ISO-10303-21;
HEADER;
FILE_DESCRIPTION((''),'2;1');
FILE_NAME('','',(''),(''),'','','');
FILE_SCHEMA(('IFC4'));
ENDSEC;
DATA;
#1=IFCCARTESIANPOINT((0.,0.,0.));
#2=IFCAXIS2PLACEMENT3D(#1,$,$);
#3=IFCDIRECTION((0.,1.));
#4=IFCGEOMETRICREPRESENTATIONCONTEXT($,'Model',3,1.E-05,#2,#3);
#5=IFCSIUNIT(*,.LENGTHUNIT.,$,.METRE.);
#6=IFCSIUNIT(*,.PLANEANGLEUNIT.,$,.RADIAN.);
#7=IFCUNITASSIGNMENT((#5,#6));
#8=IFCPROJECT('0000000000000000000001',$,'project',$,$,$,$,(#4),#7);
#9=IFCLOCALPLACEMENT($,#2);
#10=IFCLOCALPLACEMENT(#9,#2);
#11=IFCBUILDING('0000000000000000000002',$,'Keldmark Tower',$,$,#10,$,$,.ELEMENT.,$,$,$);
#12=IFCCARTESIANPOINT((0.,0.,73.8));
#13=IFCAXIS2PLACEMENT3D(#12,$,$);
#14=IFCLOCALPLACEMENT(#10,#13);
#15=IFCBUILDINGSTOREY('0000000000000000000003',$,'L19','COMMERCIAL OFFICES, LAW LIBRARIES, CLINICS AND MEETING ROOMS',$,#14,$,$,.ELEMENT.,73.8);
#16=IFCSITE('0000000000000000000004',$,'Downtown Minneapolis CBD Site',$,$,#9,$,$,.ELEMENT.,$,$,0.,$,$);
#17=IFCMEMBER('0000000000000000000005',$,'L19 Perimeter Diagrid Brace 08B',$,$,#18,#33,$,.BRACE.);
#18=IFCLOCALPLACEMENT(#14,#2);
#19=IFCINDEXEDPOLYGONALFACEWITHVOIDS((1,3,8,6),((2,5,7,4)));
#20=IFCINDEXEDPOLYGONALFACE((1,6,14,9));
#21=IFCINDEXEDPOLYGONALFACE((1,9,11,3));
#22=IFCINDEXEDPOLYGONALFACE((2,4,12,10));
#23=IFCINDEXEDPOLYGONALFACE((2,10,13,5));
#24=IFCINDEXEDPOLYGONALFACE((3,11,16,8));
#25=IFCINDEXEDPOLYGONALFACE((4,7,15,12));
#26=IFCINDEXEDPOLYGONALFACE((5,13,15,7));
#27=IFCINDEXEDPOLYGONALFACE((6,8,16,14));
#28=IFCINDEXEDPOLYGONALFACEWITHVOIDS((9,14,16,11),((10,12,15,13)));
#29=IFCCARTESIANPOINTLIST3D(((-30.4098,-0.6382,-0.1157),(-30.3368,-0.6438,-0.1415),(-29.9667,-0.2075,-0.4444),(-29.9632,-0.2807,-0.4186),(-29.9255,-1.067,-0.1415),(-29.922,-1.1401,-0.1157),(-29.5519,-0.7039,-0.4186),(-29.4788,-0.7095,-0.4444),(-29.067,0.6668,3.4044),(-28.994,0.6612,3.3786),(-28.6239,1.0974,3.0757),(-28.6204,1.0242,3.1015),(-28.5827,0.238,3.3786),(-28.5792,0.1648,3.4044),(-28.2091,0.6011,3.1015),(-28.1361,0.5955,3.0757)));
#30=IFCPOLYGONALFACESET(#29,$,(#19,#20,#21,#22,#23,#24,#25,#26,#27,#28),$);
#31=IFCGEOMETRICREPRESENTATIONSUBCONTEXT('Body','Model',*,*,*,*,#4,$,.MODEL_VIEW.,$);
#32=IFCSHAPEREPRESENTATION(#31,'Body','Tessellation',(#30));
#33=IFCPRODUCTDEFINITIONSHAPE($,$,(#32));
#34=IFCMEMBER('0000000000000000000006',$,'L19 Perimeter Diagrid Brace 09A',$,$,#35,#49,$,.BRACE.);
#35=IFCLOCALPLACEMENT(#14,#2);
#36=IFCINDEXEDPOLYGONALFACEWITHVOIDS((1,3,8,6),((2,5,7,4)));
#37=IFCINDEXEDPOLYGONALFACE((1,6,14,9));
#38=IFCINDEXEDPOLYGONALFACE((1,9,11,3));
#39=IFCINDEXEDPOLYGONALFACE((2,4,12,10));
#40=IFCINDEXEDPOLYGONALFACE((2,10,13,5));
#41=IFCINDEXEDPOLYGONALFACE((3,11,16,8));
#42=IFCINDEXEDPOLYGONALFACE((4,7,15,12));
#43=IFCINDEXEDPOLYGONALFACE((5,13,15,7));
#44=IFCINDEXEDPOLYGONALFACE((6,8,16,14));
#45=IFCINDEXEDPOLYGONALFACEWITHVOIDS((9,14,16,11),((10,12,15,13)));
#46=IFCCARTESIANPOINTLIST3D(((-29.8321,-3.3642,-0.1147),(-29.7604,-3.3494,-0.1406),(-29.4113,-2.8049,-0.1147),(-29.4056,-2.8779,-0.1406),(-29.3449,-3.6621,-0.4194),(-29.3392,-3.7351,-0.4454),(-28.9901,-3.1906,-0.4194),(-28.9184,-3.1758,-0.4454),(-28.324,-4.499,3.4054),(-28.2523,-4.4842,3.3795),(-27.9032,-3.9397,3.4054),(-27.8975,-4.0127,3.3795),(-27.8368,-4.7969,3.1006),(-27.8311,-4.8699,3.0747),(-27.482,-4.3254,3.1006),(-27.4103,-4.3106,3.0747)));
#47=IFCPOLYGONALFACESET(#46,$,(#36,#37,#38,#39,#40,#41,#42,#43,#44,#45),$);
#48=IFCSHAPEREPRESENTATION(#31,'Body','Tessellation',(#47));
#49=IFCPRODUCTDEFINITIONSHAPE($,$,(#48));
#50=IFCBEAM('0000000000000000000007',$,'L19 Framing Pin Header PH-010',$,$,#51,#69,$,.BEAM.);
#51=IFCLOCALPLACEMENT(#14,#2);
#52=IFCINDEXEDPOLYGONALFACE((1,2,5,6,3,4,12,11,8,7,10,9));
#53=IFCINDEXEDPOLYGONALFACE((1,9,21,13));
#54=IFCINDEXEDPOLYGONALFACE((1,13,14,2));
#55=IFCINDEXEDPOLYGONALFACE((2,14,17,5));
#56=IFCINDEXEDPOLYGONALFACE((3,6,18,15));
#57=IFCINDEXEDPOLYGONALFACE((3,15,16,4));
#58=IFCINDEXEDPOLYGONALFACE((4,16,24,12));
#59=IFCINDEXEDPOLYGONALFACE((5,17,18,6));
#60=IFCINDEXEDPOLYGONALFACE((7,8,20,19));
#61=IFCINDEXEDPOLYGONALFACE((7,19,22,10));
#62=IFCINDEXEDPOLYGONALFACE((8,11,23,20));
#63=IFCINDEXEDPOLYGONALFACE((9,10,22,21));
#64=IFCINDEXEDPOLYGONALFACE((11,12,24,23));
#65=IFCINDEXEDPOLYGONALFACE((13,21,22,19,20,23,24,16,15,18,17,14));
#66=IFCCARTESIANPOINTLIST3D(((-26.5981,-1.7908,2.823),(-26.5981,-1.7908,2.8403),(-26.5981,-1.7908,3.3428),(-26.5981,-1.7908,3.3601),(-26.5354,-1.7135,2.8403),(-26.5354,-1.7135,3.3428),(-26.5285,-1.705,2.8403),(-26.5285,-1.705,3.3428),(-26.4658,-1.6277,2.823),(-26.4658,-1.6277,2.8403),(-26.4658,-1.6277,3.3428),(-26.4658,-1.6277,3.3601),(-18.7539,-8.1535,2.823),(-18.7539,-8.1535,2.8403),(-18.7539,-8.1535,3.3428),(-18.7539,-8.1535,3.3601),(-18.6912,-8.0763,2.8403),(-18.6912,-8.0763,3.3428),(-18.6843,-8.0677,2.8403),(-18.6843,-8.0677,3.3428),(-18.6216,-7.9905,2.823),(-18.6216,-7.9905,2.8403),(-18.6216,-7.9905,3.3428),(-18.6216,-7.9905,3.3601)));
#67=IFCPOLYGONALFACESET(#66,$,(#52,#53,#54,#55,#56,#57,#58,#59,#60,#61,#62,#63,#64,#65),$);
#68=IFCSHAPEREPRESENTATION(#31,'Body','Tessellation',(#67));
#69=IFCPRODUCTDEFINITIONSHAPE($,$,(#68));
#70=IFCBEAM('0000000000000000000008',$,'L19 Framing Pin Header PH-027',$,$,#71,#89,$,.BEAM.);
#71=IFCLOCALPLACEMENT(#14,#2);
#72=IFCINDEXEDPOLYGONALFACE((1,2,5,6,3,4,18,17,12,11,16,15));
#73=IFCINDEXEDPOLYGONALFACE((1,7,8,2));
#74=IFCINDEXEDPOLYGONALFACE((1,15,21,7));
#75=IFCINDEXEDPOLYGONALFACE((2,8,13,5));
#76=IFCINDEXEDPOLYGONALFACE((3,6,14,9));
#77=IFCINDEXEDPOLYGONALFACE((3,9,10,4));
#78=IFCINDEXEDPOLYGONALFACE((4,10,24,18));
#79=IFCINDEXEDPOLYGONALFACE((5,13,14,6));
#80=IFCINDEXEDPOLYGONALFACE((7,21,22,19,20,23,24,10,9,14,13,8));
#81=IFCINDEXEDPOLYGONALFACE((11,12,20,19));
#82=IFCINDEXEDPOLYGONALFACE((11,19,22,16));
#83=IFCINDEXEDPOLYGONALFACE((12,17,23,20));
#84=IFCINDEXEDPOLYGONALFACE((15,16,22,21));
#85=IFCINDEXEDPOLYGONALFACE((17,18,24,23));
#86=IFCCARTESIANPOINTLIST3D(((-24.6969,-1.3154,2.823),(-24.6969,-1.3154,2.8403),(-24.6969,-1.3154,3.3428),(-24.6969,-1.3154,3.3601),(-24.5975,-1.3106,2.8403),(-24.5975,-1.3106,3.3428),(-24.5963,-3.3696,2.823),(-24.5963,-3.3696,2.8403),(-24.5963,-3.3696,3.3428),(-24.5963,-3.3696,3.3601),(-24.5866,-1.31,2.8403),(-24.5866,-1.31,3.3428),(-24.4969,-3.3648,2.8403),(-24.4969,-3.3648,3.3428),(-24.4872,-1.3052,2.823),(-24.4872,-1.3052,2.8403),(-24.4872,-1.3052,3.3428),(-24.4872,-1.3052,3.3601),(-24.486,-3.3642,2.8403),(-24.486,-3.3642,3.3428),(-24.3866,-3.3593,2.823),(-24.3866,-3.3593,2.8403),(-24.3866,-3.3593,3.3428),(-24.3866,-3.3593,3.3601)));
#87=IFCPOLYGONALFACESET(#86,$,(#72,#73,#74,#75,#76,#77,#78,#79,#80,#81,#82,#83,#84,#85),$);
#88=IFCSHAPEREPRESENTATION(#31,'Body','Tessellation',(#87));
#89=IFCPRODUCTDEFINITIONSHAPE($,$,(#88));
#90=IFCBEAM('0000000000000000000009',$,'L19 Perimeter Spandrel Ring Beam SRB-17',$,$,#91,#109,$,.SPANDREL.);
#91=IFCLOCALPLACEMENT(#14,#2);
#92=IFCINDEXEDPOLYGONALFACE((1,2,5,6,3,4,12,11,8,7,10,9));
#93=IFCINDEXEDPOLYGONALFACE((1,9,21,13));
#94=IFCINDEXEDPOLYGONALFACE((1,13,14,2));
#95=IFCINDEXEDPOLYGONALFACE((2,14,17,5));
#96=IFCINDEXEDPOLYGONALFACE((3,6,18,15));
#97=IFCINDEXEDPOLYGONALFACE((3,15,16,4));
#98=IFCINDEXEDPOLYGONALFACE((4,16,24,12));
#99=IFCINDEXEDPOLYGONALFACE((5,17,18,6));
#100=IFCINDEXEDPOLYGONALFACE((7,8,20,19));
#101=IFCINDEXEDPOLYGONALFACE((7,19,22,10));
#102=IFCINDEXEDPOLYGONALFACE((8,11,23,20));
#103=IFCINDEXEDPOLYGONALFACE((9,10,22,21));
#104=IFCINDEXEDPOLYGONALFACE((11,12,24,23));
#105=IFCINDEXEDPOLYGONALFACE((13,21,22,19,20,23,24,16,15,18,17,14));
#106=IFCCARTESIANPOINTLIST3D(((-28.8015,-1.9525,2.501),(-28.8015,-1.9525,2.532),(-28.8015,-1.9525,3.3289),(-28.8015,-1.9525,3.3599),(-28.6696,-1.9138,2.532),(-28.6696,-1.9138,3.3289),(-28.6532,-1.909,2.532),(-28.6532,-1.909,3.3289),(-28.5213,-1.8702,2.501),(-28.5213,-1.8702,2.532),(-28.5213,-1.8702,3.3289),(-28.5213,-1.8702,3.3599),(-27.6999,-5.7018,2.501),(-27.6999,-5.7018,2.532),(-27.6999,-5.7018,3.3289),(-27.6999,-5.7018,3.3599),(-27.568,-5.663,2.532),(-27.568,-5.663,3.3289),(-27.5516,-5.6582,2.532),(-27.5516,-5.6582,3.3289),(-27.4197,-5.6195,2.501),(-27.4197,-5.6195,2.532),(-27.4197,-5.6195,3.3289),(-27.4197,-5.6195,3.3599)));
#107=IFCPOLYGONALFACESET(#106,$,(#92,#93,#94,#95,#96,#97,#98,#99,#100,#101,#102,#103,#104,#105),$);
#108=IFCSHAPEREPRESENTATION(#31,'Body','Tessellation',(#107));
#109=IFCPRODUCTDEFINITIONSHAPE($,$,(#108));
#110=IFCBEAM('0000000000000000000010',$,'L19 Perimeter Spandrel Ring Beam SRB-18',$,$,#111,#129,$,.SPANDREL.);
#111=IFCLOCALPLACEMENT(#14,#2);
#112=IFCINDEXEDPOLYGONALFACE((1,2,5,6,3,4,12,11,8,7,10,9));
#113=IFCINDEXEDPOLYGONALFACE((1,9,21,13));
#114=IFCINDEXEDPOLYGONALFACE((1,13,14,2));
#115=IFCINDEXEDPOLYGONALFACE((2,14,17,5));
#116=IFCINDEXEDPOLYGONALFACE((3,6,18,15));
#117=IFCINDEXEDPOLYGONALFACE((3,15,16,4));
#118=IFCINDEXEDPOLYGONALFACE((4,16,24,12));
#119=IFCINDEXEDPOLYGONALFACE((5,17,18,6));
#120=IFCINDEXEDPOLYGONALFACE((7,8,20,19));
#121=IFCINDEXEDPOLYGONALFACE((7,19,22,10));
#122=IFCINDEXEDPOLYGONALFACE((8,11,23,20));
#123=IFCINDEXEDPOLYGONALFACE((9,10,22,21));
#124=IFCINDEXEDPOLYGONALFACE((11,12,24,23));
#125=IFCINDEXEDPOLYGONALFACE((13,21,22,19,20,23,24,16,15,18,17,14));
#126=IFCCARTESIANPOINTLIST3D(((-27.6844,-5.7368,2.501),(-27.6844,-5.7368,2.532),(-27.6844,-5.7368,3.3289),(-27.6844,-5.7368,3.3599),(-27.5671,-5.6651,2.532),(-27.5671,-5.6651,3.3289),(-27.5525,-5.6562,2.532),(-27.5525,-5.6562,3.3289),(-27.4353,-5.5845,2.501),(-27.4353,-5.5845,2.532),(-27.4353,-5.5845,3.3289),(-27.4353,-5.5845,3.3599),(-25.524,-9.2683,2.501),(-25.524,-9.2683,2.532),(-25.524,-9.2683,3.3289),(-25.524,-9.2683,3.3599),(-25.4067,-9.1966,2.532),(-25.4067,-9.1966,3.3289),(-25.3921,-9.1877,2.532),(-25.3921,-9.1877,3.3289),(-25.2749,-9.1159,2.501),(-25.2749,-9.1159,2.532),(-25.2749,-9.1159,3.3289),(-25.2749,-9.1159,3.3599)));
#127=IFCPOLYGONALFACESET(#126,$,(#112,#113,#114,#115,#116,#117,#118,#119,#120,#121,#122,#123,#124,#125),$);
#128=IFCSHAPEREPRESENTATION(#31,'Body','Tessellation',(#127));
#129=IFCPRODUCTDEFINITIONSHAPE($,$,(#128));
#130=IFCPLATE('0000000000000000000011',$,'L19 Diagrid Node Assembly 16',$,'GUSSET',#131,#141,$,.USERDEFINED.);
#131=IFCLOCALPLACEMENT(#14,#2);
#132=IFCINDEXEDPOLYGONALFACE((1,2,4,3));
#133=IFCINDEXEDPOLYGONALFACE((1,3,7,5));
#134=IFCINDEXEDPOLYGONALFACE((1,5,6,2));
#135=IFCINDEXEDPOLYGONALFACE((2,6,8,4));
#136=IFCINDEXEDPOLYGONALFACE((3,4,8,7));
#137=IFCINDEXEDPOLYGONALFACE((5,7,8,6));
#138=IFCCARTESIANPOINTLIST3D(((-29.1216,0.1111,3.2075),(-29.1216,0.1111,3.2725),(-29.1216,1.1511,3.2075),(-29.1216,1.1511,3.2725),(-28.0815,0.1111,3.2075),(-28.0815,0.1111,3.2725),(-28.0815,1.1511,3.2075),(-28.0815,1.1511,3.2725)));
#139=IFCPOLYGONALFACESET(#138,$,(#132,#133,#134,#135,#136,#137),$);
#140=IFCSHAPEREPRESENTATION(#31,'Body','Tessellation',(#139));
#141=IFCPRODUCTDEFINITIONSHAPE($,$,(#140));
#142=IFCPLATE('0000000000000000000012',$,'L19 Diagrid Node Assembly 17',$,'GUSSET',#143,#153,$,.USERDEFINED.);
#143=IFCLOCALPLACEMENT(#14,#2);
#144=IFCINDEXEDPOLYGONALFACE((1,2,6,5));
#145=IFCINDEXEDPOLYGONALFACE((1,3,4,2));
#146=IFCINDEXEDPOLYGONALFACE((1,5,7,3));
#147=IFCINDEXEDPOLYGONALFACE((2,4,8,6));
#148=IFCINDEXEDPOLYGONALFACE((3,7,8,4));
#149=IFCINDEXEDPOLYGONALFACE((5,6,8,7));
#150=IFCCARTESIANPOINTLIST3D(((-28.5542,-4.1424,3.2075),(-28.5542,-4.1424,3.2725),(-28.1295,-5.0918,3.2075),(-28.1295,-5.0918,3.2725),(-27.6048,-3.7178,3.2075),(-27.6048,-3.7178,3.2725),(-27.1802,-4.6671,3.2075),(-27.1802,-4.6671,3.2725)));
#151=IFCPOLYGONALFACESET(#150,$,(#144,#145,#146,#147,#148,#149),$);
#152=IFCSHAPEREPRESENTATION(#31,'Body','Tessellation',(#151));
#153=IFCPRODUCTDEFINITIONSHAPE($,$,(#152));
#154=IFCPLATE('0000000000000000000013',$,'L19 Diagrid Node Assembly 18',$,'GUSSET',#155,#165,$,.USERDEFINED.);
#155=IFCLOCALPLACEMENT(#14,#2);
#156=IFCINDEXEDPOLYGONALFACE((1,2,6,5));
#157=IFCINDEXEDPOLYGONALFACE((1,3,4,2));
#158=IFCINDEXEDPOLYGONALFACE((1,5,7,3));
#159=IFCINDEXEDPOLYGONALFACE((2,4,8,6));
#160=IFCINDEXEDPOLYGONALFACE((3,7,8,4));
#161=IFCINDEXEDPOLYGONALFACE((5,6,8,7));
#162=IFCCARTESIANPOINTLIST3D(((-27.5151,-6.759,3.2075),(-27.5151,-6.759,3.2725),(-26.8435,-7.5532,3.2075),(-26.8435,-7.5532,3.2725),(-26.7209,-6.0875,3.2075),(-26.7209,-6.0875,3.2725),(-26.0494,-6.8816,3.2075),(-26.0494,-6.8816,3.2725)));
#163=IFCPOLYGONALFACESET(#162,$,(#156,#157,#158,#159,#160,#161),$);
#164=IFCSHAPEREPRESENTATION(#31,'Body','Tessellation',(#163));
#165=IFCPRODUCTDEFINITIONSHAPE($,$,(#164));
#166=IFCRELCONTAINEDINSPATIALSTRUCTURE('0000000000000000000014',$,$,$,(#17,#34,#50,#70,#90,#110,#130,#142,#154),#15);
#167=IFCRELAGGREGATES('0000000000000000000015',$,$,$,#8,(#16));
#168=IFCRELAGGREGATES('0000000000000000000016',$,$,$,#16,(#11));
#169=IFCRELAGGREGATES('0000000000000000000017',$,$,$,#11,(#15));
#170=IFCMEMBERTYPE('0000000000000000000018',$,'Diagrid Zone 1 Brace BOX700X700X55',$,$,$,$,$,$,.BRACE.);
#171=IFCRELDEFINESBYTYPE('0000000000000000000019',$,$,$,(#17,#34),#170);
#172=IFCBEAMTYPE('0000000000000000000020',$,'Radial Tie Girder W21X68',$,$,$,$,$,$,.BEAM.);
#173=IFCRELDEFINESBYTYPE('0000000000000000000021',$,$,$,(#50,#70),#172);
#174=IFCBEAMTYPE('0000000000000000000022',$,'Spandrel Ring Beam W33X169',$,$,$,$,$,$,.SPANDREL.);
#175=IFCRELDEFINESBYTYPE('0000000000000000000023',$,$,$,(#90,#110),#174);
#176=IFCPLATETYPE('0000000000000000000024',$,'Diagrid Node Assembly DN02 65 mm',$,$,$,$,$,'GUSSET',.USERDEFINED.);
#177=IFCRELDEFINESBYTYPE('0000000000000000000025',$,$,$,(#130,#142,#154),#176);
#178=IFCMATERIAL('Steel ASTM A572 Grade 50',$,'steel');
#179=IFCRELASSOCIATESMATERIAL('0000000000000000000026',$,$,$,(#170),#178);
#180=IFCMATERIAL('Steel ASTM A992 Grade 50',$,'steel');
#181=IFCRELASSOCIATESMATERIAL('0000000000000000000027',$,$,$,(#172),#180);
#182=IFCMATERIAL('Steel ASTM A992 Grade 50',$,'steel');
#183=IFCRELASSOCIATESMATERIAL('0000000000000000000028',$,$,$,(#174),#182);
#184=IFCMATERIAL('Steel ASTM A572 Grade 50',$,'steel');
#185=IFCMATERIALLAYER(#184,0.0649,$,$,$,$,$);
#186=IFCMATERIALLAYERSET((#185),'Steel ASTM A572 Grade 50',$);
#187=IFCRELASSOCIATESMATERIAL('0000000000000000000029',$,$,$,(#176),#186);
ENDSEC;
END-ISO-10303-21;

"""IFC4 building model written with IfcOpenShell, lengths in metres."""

from ifc_helpers import new_model, si_unit, direction, frame, origin, origin_2d, place, context, subcontext, project, spatial, rectangle, hollow_rectangle, i_section, extrude, material, layer, layer_set, material_profile, profile_set, type_object, element, save


model = new_model("IFC4")

# Units and contexts
model_context = context("Model", 3, precision=1e-05, world=origin(), true_north=direction((0.0, 1.0)))
body_context = subcontext(model_context, "Body", "Model", "MODEL_VIEW")
ifc_project = project(units=[si_unit("LENGTHUNIT", "METRE"), si_unit("PLANEANGLEUNIT", "RADIAN")], contexts=[model_context])

# Site, building, storey
site_placement = place(None, origin())
site = spatial("IfcSite", under=ifc_project, at=site_placement, Name="Downtown Minneapolis CBD Site", CompositionType="ELEMENT", RefElevation=0.0)
building_placement = place(site_placement, origin())
building = spatial("IfcBuilding", under=site, at=building_placement, Name="Keldmark Tower", CompositionType="ELEMENT")
storey_placement = place(building_placement, frame((0.0, 0.0, 73.8)))
storey = spatial("IfcBuildingStorey", under=building, at=storey_placement, Name="L19", Description="COMMERCIAL OFFICES, LAW LIBRARIES, CLINICS AND MEETING ROOMS", CompositionType="ELEMENT", Elevation=73.8)

# Members
ifc_material_1 = material(Name="Steel ASTM A572 Grade 50", Category="steel")
ifc_material_profile_1 = material_profile(ifc_material_1, hollow_rectangle(XDim=0.7, YDim=0.7, WallThickness=0.0549, at=origin_2d()), Name="BOX700X700X55")
ifc_profile_set_1 = profile_set([ifc_material_profile_1], Name="Steel ASTM A572 Grade 50")
member_type = type_object("IfcMemberType", Name="Diagrid Zone 1 Brace BOX700X700X55", PredefinedType="BRACE", material=ifc_profile_set_1)
member_1_placement = place(storey_placement, frame((-29.9443, -0.6738, -0.28), z_axis=(0.336785, 0.327294, 0.882867), x_axis=(-0.696929, 0.71714, 0.0)))
element("IfcMember", 1, at=member_1_placement, inside=storey, type_object=member_type, Name="L19 Perimeter Diagrid Brace 08B", PredefinedType="BRACE", context=body_context, shape_type="SweptSolid", body=[
    extrude(hollow_rectangle(XDim=0.7, YDim=0.7, WallThickness=0.0549, at=origin_2d()), origin(), (0.0, 0.0, 1.0), 3.9871),
])
member_2_placement = place(storey_placement, frame((-29.3752, -3.27, -0.28), z_axis=(0.377575, -0.284114, 0.881315), x_axis=(0.601262, 0.799052, 0.0)))
element("IfcMember", 2, at=member_2_placement, inside=storey, type_object=member_type, Name="L19 Perimeter Diagrid Brace 09A", PredefinedType="BRACE", context=body_context, shape_type="SweptSolid", body=[
    extrude(hollow_rectangle(XDim=0.7, YDim=0.7, WallThickness=0.0549, at=origin_2d()), origin(), (0.0, 0.0, 1.0), 3.9941),
])

# Beams
ifc_material_2 = material(Name="Steel ASTM A992 Grade 50", Category="steel")
ifc_material_profile_2 = material_profile(ifc_material_2, i_section(OverallWidth=0.21, OverallDepth=0.5371, WebThickness=0.011, FlangeThickness=0.0173, at=origin_2d()), Name="W21X68")
ifc_profile_set_2 = profile_set([ifc_material_profile_2], Name="Steel ASTM A992 Grade 50")
beam_type_1 = type_object("IfcBeamType", Name="Radial Tie Girder W21X68", PredefinedType="BEAM", material=ifc_profile_set_2)
beam_1_placement = place(storey_placement, frame((-26.532, -1.7092, 3.0916), z_axis=(0.77663, -0.629957, 0.0), x_axis=(0.629957, 0.77663, 0.0)))
element("IfcBeam", 3, at=beam_1_placement, inside=storey, type_object=beam_type_1, Name="L19 Framing Pin Header PH-010", PredefinedType="BEAM", context=body_context, shape_type="SweptSolid", body=[
    extrude(i_section(OverallWidth=0.21, OverallDepth=0.5371, WebThickness=0.011, FlangeThickness=0.0173, at=origin_2d()), origin(), (0.0, 0.0, 1.0), 10.1003),
])
beam_2_placement = place(storey_placement, frame((-24.592, -1.3103, 3.0916), z_axis=(0.048907, -0.998803, 0.0), x_axis=(0.998803, 0.048907, 0.0)))
element("IfcBeam", 4, at=beam_2_placement, inside=storey, type_object=beam_type_1, Name="L19 Framing Pin Header PH-027", PredefinedType="BEAM", context=body_context, shape_type="SweptSolid", body=[
    extrude(i_section(OverallWidth=0.21, OverallDepth=0.5371, WebThickness=0.011, FlangeThickness=0.0173, at=origin_2d()), origin(), (0.0, 0.0, 1.0), 2.0566),
])
ifc_material_3 = material(Name="Steel ASTM A992 Grade 50", Category="steel")
ifc_material_profile_3 = material_profile(ifc_material_3, i_section(OverallWidth=0.292, OverallDepth=0.8589, WebThickness=0.0171, FlangeThickness=0.031, at=origin_2d()), Name="W33X169")
ifc_profile_set_3 = profile_set([ifc_material_profile_3], Name="Steel ASTM A992 Grade 50")
beam_type_2 = type_object("IfcBeamType", Name="Spandrel Ring Beam W33X169", PredefinedType="SPANDREL", material=ifc_profile_set_3)
beam_3_placement = place(storey_placement, frame((-28.6614, -1.9114, 2.9304), z_axis=(0.281892, -0.959446, 0.0), x_axis=(0.959446, 0.281892, 0.0)))
element("IfcBeam", 5, at=beam_3_placement, inside=storey, type_object=beam_type_2, Name="L19 Perimeter Spandrel Ring Beam SRB-17", PredefinedType="SPANDREL", context=body_context, shape_type="SweptSolid", body=[
    extrude(i_section(OverallWidth=0.292, OverallDepth=0.8589, WebThickness=0.0171, FlangeThickness=0.031, at=origin_2d()), origin(), (0.0, 0.0, 1.0), 3.9077),
])
beam_4_placement = place(storey_placement, frame((-27.5598, -5.6606, 2.9304), z_axis=(0.521848, -0.853038, 0.0), x_axis=(0.853038, 0.521848, 0.0)))
element("IfcBeam", 6, at=beam_4_placement, inside=storey, type_object=beam_type_2, Name="L19 Perimeter Spandrel Ring Beam SRB-18", PredefinedType="SPANDREL", context=body_context, shape_type="SweptSolid", body=[
    extrude(i_section(OverallWidth=0.292, OverallDepth=0.8589, WebThickness=0.0171, FlangeThickness=0.031, at=origin_2d()), origin(), (0.0, 0.0, 1.0), 4.1399),
])

# Plates
ifc_material_4 = material(Name="Steel ASTM A572 Grade 50", Category="steel")
ifc_layer_1 = layer(ifc_material_4, 0.0649)
ifc_layer_set_1 = layer_set([ifc_layer_1], Name="Steel ASTM A572 Grade 50")
plate_type = type_object("IfcPlateType", Name="Diagrid Node Assembly DN02 65 mm", ElementType="GUSSET", PredefinedType="USERDEFINED", material=ifc_layer_set_1)
for number, where, z_axis, x_axis, name in (
    (7, (-28.6016, 0.6311, 3.2075), (0.0, 0.0, 1.0), (0.0, -1.0, 0.0), "L19 Diagrid Node Assembly 16"),
    (8, (-27.8672, -4.4048, 3.2075), (0.0, 0.0, 1.0), (0.40833, -0.912834, 0.0), "L19 Diagrid Node Assembly 17"),
    (9, (-26.7822, -6.8203, 3.2075), (0.0, 0.0, 1.0), (0.645724, -0.763571, 0.0), "L19 Diagrid Node Assembly 18"),
):
    element("IfcPlate", number, at=place(storey_placement, frame(where, z_axis=z_axis, x_axis=x_axis)), inside=storey, type_object=plate_type, Name=name, ObjectType="GUSSET", PredefinedType="USERDEFINED", context=body_context, shape_type="SweptSolid", body=[
        extrude(rectangle(XDim=1.04, YDim=1.04, at=origin_2d()), origin(), (0.0, 0.0, 1.0), 0.0649),
    ])

save(model, "model.ifc")
